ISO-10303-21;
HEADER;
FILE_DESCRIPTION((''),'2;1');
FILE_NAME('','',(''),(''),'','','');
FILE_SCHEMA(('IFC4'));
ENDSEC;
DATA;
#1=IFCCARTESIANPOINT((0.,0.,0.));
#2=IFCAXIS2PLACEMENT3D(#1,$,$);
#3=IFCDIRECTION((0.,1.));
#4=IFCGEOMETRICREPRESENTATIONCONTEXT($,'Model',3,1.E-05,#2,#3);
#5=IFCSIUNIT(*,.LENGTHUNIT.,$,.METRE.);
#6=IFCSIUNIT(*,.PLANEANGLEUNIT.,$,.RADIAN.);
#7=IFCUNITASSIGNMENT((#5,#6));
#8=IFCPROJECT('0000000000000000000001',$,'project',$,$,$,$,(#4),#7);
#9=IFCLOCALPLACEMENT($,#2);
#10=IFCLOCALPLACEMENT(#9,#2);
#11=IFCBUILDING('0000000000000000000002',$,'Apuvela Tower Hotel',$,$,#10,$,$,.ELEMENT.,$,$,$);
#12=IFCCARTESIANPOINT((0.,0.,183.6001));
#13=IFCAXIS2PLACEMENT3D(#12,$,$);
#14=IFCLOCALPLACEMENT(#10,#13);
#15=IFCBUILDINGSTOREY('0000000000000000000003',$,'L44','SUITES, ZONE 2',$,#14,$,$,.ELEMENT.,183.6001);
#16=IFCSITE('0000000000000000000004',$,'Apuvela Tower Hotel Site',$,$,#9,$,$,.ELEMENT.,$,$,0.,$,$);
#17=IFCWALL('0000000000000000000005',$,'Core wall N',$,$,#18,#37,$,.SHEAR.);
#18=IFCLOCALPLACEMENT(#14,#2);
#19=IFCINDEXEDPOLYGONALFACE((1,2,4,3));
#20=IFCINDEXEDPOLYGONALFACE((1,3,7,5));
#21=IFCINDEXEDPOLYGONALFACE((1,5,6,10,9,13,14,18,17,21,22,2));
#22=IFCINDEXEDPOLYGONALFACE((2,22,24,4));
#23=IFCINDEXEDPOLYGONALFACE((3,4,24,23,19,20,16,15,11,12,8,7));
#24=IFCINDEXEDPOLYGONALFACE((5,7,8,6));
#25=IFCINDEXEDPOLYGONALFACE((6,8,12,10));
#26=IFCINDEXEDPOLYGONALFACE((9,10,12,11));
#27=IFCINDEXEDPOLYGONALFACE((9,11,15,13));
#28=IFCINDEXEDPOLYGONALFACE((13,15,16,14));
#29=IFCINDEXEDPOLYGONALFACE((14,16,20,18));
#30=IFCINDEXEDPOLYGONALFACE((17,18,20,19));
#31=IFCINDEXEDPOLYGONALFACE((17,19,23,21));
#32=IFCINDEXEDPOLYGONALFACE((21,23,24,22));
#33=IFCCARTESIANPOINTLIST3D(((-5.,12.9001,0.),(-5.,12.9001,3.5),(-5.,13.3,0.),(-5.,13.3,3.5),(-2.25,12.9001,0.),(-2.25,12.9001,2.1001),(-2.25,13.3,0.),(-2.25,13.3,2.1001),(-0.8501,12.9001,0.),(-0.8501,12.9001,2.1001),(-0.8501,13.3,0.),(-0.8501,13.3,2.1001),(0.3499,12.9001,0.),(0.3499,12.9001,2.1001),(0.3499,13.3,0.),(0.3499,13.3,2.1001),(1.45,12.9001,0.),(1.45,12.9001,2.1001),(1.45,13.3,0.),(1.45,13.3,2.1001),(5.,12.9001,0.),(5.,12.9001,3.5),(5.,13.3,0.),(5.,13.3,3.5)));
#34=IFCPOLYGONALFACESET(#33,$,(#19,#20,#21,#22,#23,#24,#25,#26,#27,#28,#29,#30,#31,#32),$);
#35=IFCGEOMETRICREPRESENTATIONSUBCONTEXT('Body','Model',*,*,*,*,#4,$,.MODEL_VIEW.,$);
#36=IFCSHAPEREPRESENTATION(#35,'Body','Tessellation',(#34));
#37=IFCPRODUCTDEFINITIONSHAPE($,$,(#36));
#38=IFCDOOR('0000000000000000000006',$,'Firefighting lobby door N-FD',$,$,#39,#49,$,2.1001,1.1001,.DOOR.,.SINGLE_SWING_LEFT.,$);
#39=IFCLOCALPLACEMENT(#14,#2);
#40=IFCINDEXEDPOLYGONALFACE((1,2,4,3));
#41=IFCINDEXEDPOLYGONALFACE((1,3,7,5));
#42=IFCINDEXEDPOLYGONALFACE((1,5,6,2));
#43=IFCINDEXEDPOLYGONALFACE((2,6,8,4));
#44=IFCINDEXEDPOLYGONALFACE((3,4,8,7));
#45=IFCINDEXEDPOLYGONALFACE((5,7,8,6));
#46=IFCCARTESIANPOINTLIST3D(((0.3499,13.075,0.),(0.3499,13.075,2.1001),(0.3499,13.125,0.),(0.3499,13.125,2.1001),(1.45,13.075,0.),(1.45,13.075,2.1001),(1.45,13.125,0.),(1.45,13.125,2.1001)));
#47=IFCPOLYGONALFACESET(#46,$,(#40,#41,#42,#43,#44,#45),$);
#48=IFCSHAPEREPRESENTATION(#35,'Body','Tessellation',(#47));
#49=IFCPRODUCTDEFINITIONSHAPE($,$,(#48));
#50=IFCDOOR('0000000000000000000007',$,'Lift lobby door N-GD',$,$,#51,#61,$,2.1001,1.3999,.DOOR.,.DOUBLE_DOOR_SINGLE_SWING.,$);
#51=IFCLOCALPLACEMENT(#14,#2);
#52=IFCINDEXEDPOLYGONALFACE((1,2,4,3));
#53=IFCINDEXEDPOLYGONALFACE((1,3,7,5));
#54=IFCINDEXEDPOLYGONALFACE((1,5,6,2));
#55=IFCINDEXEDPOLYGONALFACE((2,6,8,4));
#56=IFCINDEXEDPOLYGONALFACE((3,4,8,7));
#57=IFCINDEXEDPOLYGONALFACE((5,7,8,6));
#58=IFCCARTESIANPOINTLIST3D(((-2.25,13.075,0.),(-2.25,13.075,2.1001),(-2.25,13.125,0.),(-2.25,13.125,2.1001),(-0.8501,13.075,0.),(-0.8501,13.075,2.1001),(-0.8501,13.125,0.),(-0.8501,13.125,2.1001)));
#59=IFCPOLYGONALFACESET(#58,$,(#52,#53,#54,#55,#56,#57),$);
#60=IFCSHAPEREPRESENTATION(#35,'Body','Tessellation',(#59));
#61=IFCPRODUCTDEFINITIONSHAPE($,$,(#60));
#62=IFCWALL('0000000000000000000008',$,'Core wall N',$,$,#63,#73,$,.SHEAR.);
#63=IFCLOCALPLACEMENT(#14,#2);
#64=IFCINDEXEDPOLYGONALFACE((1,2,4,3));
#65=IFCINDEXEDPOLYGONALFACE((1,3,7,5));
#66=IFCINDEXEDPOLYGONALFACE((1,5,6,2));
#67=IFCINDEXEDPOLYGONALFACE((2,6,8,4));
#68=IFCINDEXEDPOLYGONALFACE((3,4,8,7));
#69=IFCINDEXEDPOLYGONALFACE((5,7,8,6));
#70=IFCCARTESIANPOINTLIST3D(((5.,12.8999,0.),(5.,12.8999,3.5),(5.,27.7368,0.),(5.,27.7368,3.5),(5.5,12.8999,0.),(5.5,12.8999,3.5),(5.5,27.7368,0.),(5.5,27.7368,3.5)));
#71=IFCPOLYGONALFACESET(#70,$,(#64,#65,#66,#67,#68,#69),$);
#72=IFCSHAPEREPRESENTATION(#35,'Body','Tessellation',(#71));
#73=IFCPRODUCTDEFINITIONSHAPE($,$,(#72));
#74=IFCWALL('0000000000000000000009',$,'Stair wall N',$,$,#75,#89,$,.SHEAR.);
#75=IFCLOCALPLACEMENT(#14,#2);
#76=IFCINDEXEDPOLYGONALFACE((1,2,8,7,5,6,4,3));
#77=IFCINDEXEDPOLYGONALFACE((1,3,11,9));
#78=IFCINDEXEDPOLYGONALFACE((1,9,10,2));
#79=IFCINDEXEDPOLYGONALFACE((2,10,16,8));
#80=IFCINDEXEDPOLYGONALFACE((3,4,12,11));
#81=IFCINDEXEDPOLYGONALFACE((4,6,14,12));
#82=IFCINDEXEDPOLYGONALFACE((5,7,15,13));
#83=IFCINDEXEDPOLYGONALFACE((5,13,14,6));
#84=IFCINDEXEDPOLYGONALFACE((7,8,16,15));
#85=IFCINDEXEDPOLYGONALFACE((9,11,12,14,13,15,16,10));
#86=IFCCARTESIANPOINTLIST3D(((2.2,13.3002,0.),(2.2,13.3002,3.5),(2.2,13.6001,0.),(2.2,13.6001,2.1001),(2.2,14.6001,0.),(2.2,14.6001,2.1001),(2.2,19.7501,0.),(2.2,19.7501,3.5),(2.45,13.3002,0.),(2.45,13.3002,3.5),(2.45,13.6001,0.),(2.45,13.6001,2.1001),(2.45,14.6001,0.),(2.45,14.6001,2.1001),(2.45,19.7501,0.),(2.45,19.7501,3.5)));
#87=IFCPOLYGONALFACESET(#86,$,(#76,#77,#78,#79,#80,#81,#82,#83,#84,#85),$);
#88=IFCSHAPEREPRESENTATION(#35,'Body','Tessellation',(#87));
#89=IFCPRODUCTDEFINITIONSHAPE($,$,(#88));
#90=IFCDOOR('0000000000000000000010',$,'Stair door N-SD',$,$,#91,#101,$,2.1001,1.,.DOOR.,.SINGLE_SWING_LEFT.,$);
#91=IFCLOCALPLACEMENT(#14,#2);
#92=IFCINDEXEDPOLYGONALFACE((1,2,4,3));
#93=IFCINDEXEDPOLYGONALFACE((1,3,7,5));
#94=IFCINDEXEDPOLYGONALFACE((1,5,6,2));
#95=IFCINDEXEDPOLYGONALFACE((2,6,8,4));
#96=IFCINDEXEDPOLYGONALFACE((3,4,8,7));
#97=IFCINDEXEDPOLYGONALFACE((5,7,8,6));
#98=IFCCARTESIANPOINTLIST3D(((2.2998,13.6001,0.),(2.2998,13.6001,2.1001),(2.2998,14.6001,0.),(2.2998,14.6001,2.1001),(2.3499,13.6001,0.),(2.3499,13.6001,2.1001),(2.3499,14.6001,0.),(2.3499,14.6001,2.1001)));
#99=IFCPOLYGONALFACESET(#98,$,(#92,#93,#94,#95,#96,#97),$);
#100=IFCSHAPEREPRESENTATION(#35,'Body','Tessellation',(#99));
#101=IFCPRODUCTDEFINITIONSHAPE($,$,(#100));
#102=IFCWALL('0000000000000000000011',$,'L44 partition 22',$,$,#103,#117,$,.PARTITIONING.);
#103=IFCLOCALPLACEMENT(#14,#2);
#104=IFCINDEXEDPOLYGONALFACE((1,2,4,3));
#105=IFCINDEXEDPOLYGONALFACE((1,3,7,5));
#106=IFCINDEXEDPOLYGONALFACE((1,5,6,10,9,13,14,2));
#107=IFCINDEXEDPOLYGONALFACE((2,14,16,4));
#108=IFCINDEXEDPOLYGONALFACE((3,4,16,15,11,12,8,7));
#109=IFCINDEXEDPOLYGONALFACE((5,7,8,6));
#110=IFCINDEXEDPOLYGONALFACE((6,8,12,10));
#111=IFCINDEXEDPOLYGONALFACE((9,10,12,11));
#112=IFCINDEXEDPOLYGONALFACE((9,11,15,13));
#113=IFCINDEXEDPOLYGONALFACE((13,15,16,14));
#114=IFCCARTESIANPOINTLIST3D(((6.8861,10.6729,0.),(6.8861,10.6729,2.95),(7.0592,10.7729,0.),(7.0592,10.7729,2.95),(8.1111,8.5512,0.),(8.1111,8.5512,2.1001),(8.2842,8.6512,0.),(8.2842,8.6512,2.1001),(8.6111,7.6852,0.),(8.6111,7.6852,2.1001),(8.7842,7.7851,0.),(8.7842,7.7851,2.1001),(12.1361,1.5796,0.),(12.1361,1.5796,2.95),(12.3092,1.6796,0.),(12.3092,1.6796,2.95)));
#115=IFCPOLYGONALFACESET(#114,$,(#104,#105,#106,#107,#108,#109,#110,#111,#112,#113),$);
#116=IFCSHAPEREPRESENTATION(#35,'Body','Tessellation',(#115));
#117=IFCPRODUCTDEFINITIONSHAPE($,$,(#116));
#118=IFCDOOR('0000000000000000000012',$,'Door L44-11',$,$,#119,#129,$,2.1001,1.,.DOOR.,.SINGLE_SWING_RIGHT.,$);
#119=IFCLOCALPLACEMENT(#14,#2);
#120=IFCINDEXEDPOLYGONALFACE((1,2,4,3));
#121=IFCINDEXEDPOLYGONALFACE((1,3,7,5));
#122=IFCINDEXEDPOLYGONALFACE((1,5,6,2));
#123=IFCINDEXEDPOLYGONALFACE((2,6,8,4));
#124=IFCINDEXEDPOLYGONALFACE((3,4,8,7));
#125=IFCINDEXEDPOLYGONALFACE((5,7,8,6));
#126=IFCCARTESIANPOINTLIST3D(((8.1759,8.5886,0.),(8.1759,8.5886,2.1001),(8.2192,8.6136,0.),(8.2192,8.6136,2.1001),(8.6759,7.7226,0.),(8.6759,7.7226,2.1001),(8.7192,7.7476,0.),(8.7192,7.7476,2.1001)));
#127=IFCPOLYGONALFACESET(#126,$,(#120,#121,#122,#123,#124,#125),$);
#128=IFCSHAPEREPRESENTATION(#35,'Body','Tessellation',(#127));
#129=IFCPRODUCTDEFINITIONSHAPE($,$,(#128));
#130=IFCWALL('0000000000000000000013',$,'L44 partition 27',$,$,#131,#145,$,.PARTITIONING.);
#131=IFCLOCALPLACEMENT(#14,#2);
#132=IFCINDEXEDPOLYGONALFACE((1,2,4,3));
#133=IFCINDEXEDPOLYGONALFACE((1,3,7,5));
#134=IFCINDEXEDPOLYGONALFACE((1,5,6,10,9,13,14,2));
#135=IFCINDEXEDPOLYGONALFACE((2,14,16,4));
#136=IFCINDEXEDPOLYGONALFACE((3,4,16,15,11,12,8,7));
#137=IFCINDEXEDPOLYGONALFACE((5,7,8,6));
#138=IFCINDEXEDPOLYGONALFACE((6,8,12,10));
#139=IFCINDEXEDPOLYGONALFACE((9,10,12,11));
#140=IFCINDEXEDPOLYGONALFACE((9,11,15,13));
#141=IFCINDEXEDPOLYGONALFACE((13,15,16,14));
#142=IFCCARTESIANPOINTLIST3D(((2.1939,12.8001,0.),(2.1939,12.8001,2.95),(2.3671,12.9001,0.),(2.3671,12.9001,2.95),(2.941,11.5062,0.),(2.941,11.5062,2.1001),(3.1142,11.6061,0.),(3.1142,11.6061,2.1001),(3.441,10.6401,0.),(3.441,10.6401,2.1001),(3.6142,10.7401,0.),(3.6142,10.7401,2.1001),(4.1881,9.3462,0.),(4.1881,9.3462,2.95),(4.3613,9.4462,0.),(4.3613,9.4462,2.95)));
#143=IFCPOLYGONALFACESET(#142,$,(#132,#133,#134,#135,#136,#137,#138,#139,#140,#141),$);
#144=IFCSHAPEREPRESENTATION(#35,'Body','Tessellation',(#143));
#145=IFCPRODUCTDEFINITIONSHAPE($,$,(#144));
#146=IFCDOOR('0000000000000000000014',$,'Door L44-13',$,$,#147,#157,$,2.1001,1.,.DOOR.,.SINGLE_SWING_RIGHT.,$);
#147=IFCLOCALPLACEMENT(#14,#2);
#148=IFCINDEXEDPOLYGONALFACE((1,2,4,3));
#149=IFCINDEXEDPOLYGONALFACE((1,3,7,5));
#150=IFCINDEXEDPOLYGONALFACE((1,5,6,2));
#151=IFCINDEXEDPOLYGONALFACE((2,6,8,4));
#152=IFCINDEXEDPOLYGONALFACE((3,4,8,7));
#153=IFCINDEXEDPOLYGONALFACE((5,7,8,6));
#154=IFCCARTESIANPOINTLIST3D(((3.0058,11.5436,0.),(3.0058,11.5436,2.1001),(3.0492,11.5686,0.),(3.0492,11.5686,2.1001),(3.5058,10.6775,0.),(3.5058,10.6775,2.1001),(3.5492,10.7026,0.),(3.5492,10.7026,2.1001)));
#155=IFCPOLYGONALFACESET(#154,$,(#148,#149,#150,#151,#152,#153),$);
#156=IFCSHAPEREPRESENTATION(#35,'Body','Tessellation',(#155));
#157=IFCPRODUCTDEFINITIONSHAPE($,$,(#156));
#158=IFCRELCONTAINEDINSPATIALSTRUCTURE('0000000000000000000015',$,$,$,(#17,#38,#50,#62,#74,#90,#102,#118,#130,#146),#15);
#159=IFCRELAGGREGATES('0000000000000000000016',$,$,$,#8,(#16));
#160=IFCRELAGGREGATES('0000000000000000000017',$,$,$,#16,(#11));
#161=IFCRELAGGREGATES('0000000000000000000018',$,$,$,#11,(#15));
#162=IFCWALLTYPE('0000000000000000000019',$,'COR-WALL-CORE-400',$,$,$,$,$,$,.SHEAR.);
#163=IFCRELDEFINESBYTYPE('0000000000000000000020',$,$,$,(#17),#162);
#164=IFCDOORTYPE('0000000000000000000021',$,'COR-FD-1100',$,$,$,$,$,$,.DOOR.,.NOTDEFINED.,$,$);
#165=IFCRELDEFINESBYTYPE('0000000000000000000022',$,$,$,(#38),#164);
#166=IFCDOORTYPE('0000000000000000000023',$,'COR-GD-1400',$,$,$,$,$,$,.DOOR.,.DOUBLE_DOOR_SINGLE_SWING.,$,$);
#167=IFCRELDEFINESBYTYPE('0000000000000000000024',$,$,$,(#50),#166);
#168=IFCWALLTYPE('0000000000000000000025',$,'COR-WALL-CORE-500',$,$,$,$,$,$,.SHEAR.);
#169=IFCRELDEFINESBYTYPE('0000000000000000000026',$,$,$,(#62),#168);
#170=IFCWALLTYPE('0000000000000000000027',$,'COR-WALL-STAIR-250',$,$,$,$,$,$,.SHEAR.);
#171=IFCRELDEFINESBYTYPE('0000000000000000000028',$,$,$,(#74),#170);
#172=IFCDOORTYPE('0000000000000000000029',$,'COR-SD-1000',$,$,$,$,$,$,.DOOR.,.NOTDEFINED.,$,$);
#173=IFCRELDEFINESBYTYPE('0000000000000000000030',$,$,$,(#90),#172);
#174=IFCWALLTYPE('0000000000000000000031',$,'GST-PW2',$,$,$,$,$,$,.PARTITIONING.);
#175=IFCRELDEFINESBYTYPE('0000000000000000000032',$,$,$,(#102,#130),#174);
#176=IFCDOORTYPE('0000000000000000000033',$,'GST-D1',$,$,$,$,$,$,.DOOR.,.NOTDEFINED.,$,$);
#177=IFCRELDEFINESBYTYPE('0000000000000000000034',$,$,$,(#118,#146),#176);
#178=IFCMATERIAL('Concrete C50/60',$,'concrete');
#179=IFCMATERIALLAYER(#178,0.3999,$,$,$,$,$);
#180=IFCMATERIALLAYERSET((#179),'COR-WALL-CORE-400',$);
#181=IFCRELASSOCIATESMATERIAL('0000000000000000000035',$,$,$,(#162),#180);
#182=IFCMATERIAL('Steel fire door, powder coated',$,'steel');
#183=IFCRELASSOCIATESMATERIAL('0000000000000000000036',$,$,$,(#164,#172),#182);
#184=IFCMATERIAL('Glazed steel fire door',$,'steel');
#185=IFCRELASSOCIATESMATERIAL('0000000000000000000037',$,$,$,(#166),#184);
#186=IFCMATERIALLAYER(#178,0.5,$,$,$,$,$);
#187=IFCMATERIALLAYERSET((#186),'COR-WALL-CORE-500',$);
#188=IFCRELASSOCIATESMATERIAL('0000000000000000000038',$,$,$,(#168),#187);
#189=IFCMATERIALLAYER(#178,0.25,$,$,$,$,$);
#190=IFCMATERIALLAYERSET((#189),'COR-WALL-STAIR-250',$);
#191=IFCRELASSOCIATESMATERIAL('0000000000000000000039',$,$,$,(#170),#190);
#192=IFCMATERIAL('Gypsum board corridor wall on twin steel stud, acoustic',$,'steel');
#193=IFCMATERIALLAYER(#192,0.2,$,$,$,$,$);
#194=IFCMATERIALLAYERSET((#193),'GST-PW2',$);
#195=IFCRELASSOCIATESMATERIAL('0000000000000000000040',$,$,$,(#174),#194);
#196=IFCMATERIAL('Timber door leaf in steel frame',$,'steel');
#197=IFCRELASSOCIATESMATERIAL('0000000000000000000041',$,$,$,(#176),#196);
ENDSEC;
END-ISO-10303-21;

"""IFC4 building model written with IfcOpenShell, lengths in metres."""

from ifc_helpers import new_model, si_unit, direction, frame, frame_2d, origin, place, context, subcontext, project, spatial, rectangle, extrude, material, layer, layer_set, type_object, element, fill, save


model = new_model("IFC4")

# Units and contexts
model_context = context("Model", 3, precision=1e-05, world=origin(), true_north=direction((0.0, 1.0)))
body_context = subcontext(model_context, "Body", "Model", "MODEL_VIEW")
ifc_project = project(units=[si_unit("LENGTHUNIT", "METRE"), si_unit("PLANEANGLEUNIT", "RADIAN")], contexts=[model_context])

# Site, building, storey
site_placement = place(None, origin())
site = spatial("IfcSite", under=ifc_project, at=site_placement, Name="Apuvela Tower Hotel Site", CompositionType="ELEMENT", RefElevation=0.0)
building_placement = place(site_placement, origin())
building = spatial("IfcBuilding", under=site, at=building_placement, Name="Apuvela Tower Hotel", CompositionType="ELEMENT")
storey_placement = place(building_placement, frame((0.0, 0.0, 183.6001)))
storey = spatial("IfcBuildingStorey", under=building, at=storey_placement, Name="L44", Description="SUITES, ZONE 2", CompositionType="ELEMENT", Elevation=183.6001)

# Shared definitions
ifc_material_1 = material(Name="Concrete C50/60", Category="concrete")

# Wall, openings, doors
ifc_layer_1 = layer(ifc_material_1, 0.3999)
ifc_layer_set_1 = layer_set([ifc_layer_1], Name="COR-WALL-CORE-400")
wall_type_1 = type_object("IfcWallType", Name="COR-WALL-CORE-400", PredefinedType="SHEAR", material=ifc_layer_set_1)
wall_1_placement = place(storey_placement, frame((5.0, 13.1001, 0.0), z_axis=(0.0, 0.0, 1.0), x_axis=(-1.0, 0.0, 0.0)))
wall_1 = element("IfcWall", 1, at=wall_1_placement, inside=storey, type_object=wall_type_1, Name="Core wall N", PredefinedType="SHEAR", context=body_context, shape_type="SweptSolid", body=[
    extrude(rectangle(XDim=10.0, YDim=0.3999, at=frame_2d((5.0, 0.0))), origin(), (0.0, 0.0, 1.0), 3.5),
])
opening_1_placement = place(wall_1_placement, frame((3.55, 0.0, 0.0)))
opening_1 = element("IfcOpeningElement", 2, at=opening_1_placement, cuts=wall_1, PredefinedType="OPENING", context=body_context, shape_type="SweptSolid", body=[
    extrude(rectangle(XDim=1.1001, YDim=2.1001, at=frame_2d((0.55, 1.05))), frame((0.0, 0.21, 0.0), z_axis=(0.0, -1.0, 0.0), x_axis=(1.0, 0.0, 0.0)), (0.0, 0.0, 1.0), 0.4199),
])
opening_2_placement = place(wall_1_placement, frame((5.8501, 0.0, 0.0)))
opening_2 = element("IfcOpeningElement", 3, at=opening_2_placement, cuts=wall_1, PredefinedType="OPENING", context=body_context, shape_type="SweptSolid", body=[
    extrude(rectangle(XDim=1.3999, YDim=2.1001, at=frame_2d((0.7, 1.05))), frame((0.0, 0.21, 0.0), z_axis=(0.0, -1.0, 0.0), x_axis=(1.0, 0.0, 0.0)), (0.0, 0.0, 1.0), 0.4199),
])
ifc_material_2 = material(Name="Steel fire door, powder coated", Category="steel")
door_type_1 = type_object("IfcDoorType", Name="COR-FD-1100", OperationType="NOTDEFINED", PredefinedType="DOOR", material=ifc_material_2)
door_1_placement = place(opening_1_placement, frame((1.1001, 0.0, 0.0), z_axis=(0.0, 0.0, 1.0), x_axis=(-1.0, 0.0, 0.0)))
door_1 = element("IfcDoor", 4, at=door_1_placement, inside=storey, type_object=door_type_1, Name="Firefighting lobby door N-FD", OperationType="SINGLE_SWING_LEFT", OverallHeight=2.1001, OverallWidth=1.1001, PredefinedType="DOOR", context=body_context, shape_type="SweptSolid", body=[
    extrude(rectangle(XDim=1.1001, YDim=2.1001, at=frame_2d((0.55, 1.05))), frame((0.0, 0.0249, 0.0), z_axis=(0.0, -1.0, 0.0), x_axis=(1.0, 0.0, 0.0)), (0.0, 0.0, 1.0), 0.05),
])
fill(opening_1, door_1)
ifc_material_3 = material(Name="Glazed steel fire door", Category="steel")
door_type_2 = type_object("IfcDoorType", Name="COR-GD-1400", OperationType="DOUBLE_DOOR_SINGLE_SWING", PredefinedType="DOOR", material=ifc_material_3)
door_2_placement = place(opening_2_placement, frame((1.3999, 0.0, 0.0), z_axis=(0.0, 0.0, 1.0), x_axis=(-1.0, 0.0, 0.0)))
door_2 = element("IfcDoor", 5, at=door_2_placement, inside=storey, type_object=door_type_2, Name="Lift lobby door N-GD", OperationType="DOUBLE_DOOR_SINGLE_SWING", OverallHeight=2.1001, OverallWidth=1.3999, PredefinedType="DOOR", context=body_context, shape_type="SweptSolid", body=[
    extrude(rectangle(XDim=1.3999, YDim=2.1001, at=frame_2d((0.7, 1.05))), frame((0.0, 0.0249, 0.0), z_axis=(0.0, -1.0, 0.0), x_axis=(1.0, 0.0, 0.0)), (0.0, 0.0, 1.0), 0.05),
])
fill(opening_2, door_2)

# Wall
ifc_layer_2 = layer(ifc_material_1, 0.5)
ifc_layer_set_2 = layer_set([ifc_layer_2], Name="COR-WALL-CORE-500")
wall_type_2 = type_object("IfcWallType", Name="COR-WALL-CORE-500", PredefinedType="SHEAR", material=ifc_layer_set_2)
wall_2_placement = place(storey_placement, frame((5.25, 12.8999, 0.0), z_axis=(0.0, 0.0, 1.0), x_axis=(0.0, 1.0, 0.0)))
element("IfcWall", 6, at=wall_2_placement, inside=storey, type_object=wall_type_2, Name="Core wall N", PredefinedType="SHEAR", context=body_context, shape_type="SweptSolid", body=[
    extrude(rectangle(XDim=14.8369, YDim=0.5, at=frame_2d((7.4185, 0.0))), origin(), (0.0, 0.0, 1.0), 3.5),
])

# Walls, openings, doors
ifc_layer_3 = layer(ifc_material_1, 0.25)
ifc_layer_set_3 = layer_set([ifc_layer_3], Name="COR-WALL-STAIR-250")
wall_type_3 = type_object("IfcWallType", Name="COR-WALL-STAIR-250", PredefinedType="SHEAR", material=ifc_layer_set_3)
wall_3_placement = place(storey_placement, frame((2.325, 13.3, 0.0), z_axis=(0.0, 0.0, 1.0), x_axis=(0.0, 1.0, 0.0)))
wall_3 = element("IfcWall", 7, at=wall_3_placement, inside=storey, type_object=wall_type_3, Name="Stair wall N", PredefinedType="SHEAR", context=body_context, shape_type="SweptSolid", body=[
    extrude(rectangle(XDim=6.45, YDim=0.25, at=frame_2d((3.2251, 0.0))), origin(), (0.0, 0.0, 1.0), 3.5),
])
opening_3_placement = place(wall_3_placement, frame((0.3, 0.0, 0.0)))
opening_3 = element("IfcOpeningElement", 8, at=opening_3_placement, cuts=wall_3, PredefinedType="OPENING", context=body_context, shape_type="SweptSolid", body=[
    extrude(rectangle(XDim=1.0, YDim=2.1001, at=frame_2d((0.5, 1.05))), frame((0.0, 0.135, 0.0), z_axis=(0.0, -1.0, 0.0), x_axis=(1.0, 0.0, 0.0)), (0.0, 0.0, 1.0), 0.27),
])
door_type_3 = type_object("IfcDoorType", Name="COR-SD-1000", OperationType="NOTDEFINED", PredefinedType="DOOR", material=ifc_material_2)
door_3_placement = place(opening_3_placement, frame((1.0, 0.0, 0.0), z_axis=(0.0, 0.0, 1.0), x_axis=(-1.0, 0.0, 0.0)))
door_3 = element("IfcDoor", 9, at=door_3_placement, inside=storey, type_object=door_type_3, Name="Stair door N-SD", OperationType="SINGLE_SWING_LEFT", OverallHeight=2.1001, OverallWidth=1.0, PredefinedType="DOOR", context=body_context, shape_type="SweptSolid", body=[
    extrude(rectangle(XDim=1.0, YDim=2.1001, at=frame_2d((0.5, 1.05))), frame((0.0, 0.0249, 0.0), z_axis=(0.0, -1.0, 0.0), x_axis=(1.0, 0.0, 0.0)), (0.0, 0.0, 1.0), 0.05),
])
fill(opening_3, door_3)
ifc_material_4 = material(Name="Gypsum board corridor wall on twin steel stud, acoustic", Category="steel")
ifc_layer_4 = layer(ifc_material_4, 0.2)
ifc_layer_set_4 = layer_set([ifc_layer_4], Name="GST-PW2")
wall_type_4 = type_object("IfcWallType", Name="GST-PW2", PredefinedType="PARTITIONING", material=ifc_layer_set_4)
wall_4_placement = place(storey_placement, frame((6.9727, 10.7229, 0.0), z_axis=(0.0, 0.0, 1.0), x_axis=(0.5, -0.866025, 0.0)))
wall_4 = element("IfcWall", 10, at=wall_4_placement, inside=storey, type_object=wall_type_4, Name="L44 partition 22", PredefinedType="PARTITIONING", context=body_context, shape_type="SweptSolid", body=[
    extrude(rectangle(XDim=10.5, YDim=0.2, at=frame_2d((5.25, 0.0))), origin(), (0.0, 0.0, 1.0), 2.95),
])
opening_4_placement = place(wall_4_placement, frame((2.45, 0.0, 0.0)))
opening_4 = element("IfcOpeningElement", 11, at=opening_4_placement, cuts=wall_4, PredefinedType="OPENING", context=body_context, shape_type="SweptSolid", body=[
    extrude(rectangle(XDim=1.0, YDim=2.1001, at=frame_2d((0.5, 1.05))), frame((0.0, 0.1099, 0.0), z_axis=(0.0, -1.0, 0.0), x_axis=(1.0, 0.0, 0.0)), (0.0, 0.0, 1.0), 0.22),
])
ifc_material_5 = material(Name="Timber door leaf in steel frame", Category="steel")
door_type_4 = type_object("IfcDoorType", Name="GST-D1", OperationType="NOTDEFINED", PredefinedType="DOOR", material=ifc_material_5)
door_4_placement = place(opening_4_placement, origin())
door_4 = element("IfcDoor", 12, at=door_4_placement, inside=storey, type_object=door_type_4, Name="Door L44-11", OperationType="SINGLE_SWING_RIGHT", OverallHeight=2.1001, OverallWidth=1.0, PredefinedType="DOOR", context=body_context, shape_type="SweptSolid", body=[
    extrude(rectangle(XDim=1.0, YDim=2.1001, at=frame_2d((0.5, 1.05))), frame((0.0, 0.0249, 0.0), z_axis=(0.0, -1.0, 0.0), x_axis=(1.0, 0.0, 0.0)), (0.0, 0.0, 1.0), 0.05),
])
fill(opening_4, door_4)
wall_5_placement = place(storey_placement, frame((2.2805, 12.8501, 0.0), z_axis=(0.0, 0.0, 1.0), x_axis=(0.50001, -0.866019, 0.0)))
wall_5 = element("IfcWall", 13, at=wall_5_placement, inside=storey, type_object=wall_type_4, Name="L44 partition 27", PredefinedType="PARTITIONING", context=body_context, shape_type="SweptSolid", body=[
    extrude(rectangle(XDim=3.9883, YDim=0.2, at=frame_2d((1.9941, 0.0))), origin(), (0.0, 0.0, 1.0), 2.95),
])
opening_5_placement = place(wall_5_placement, frame((1.4941, 0.0, 0.0)))
opening_5 = element("IfcOpeningElement", 14, at=opening_5_placement, cuts=wall_5, PredefinedType="OPENING", context=body_context, shape_type="SweptSolid", body=[
    extrude(rectangle(XDim=1.0, YDim=2.1001, at=frame_2d((0.5, 1.05))), frame((0.0, 0.1099, 0.0), z_axis=(0.0, -1.0, 0.0), x_axis=(1.0, 0.0, 0.0)), (0.0, 0.0, 1.0), 0.22),
])
door_5_placement = place(opening_5_placement, origin())
door_5 = element("IfcDoor", 15, at=door_5_placement, inside=storey, type_object=door_type_4, Name="Door L44-13", OperationType="SINGLE_SWING_RIGHT", OverallHeight=2.1001, OverallWidth=1.0, PredefinedType="DOOR", context=body_context, shape_type="SweptSolid", body=[
    extrude(rectangle(XDim=1.0, YDim=2.1001, at=frame_2d((0.5, 1.05))), frame((0.0, 0.0249, 0.0), z_axis=(0.0, -1.0, 0.0), x_axis=(1.0, 0.0, 0.0)), (0.0, 0.0, 1.0), 0.05),
])
fill(opening_5, door_5)

save(model, "model.ifc")
